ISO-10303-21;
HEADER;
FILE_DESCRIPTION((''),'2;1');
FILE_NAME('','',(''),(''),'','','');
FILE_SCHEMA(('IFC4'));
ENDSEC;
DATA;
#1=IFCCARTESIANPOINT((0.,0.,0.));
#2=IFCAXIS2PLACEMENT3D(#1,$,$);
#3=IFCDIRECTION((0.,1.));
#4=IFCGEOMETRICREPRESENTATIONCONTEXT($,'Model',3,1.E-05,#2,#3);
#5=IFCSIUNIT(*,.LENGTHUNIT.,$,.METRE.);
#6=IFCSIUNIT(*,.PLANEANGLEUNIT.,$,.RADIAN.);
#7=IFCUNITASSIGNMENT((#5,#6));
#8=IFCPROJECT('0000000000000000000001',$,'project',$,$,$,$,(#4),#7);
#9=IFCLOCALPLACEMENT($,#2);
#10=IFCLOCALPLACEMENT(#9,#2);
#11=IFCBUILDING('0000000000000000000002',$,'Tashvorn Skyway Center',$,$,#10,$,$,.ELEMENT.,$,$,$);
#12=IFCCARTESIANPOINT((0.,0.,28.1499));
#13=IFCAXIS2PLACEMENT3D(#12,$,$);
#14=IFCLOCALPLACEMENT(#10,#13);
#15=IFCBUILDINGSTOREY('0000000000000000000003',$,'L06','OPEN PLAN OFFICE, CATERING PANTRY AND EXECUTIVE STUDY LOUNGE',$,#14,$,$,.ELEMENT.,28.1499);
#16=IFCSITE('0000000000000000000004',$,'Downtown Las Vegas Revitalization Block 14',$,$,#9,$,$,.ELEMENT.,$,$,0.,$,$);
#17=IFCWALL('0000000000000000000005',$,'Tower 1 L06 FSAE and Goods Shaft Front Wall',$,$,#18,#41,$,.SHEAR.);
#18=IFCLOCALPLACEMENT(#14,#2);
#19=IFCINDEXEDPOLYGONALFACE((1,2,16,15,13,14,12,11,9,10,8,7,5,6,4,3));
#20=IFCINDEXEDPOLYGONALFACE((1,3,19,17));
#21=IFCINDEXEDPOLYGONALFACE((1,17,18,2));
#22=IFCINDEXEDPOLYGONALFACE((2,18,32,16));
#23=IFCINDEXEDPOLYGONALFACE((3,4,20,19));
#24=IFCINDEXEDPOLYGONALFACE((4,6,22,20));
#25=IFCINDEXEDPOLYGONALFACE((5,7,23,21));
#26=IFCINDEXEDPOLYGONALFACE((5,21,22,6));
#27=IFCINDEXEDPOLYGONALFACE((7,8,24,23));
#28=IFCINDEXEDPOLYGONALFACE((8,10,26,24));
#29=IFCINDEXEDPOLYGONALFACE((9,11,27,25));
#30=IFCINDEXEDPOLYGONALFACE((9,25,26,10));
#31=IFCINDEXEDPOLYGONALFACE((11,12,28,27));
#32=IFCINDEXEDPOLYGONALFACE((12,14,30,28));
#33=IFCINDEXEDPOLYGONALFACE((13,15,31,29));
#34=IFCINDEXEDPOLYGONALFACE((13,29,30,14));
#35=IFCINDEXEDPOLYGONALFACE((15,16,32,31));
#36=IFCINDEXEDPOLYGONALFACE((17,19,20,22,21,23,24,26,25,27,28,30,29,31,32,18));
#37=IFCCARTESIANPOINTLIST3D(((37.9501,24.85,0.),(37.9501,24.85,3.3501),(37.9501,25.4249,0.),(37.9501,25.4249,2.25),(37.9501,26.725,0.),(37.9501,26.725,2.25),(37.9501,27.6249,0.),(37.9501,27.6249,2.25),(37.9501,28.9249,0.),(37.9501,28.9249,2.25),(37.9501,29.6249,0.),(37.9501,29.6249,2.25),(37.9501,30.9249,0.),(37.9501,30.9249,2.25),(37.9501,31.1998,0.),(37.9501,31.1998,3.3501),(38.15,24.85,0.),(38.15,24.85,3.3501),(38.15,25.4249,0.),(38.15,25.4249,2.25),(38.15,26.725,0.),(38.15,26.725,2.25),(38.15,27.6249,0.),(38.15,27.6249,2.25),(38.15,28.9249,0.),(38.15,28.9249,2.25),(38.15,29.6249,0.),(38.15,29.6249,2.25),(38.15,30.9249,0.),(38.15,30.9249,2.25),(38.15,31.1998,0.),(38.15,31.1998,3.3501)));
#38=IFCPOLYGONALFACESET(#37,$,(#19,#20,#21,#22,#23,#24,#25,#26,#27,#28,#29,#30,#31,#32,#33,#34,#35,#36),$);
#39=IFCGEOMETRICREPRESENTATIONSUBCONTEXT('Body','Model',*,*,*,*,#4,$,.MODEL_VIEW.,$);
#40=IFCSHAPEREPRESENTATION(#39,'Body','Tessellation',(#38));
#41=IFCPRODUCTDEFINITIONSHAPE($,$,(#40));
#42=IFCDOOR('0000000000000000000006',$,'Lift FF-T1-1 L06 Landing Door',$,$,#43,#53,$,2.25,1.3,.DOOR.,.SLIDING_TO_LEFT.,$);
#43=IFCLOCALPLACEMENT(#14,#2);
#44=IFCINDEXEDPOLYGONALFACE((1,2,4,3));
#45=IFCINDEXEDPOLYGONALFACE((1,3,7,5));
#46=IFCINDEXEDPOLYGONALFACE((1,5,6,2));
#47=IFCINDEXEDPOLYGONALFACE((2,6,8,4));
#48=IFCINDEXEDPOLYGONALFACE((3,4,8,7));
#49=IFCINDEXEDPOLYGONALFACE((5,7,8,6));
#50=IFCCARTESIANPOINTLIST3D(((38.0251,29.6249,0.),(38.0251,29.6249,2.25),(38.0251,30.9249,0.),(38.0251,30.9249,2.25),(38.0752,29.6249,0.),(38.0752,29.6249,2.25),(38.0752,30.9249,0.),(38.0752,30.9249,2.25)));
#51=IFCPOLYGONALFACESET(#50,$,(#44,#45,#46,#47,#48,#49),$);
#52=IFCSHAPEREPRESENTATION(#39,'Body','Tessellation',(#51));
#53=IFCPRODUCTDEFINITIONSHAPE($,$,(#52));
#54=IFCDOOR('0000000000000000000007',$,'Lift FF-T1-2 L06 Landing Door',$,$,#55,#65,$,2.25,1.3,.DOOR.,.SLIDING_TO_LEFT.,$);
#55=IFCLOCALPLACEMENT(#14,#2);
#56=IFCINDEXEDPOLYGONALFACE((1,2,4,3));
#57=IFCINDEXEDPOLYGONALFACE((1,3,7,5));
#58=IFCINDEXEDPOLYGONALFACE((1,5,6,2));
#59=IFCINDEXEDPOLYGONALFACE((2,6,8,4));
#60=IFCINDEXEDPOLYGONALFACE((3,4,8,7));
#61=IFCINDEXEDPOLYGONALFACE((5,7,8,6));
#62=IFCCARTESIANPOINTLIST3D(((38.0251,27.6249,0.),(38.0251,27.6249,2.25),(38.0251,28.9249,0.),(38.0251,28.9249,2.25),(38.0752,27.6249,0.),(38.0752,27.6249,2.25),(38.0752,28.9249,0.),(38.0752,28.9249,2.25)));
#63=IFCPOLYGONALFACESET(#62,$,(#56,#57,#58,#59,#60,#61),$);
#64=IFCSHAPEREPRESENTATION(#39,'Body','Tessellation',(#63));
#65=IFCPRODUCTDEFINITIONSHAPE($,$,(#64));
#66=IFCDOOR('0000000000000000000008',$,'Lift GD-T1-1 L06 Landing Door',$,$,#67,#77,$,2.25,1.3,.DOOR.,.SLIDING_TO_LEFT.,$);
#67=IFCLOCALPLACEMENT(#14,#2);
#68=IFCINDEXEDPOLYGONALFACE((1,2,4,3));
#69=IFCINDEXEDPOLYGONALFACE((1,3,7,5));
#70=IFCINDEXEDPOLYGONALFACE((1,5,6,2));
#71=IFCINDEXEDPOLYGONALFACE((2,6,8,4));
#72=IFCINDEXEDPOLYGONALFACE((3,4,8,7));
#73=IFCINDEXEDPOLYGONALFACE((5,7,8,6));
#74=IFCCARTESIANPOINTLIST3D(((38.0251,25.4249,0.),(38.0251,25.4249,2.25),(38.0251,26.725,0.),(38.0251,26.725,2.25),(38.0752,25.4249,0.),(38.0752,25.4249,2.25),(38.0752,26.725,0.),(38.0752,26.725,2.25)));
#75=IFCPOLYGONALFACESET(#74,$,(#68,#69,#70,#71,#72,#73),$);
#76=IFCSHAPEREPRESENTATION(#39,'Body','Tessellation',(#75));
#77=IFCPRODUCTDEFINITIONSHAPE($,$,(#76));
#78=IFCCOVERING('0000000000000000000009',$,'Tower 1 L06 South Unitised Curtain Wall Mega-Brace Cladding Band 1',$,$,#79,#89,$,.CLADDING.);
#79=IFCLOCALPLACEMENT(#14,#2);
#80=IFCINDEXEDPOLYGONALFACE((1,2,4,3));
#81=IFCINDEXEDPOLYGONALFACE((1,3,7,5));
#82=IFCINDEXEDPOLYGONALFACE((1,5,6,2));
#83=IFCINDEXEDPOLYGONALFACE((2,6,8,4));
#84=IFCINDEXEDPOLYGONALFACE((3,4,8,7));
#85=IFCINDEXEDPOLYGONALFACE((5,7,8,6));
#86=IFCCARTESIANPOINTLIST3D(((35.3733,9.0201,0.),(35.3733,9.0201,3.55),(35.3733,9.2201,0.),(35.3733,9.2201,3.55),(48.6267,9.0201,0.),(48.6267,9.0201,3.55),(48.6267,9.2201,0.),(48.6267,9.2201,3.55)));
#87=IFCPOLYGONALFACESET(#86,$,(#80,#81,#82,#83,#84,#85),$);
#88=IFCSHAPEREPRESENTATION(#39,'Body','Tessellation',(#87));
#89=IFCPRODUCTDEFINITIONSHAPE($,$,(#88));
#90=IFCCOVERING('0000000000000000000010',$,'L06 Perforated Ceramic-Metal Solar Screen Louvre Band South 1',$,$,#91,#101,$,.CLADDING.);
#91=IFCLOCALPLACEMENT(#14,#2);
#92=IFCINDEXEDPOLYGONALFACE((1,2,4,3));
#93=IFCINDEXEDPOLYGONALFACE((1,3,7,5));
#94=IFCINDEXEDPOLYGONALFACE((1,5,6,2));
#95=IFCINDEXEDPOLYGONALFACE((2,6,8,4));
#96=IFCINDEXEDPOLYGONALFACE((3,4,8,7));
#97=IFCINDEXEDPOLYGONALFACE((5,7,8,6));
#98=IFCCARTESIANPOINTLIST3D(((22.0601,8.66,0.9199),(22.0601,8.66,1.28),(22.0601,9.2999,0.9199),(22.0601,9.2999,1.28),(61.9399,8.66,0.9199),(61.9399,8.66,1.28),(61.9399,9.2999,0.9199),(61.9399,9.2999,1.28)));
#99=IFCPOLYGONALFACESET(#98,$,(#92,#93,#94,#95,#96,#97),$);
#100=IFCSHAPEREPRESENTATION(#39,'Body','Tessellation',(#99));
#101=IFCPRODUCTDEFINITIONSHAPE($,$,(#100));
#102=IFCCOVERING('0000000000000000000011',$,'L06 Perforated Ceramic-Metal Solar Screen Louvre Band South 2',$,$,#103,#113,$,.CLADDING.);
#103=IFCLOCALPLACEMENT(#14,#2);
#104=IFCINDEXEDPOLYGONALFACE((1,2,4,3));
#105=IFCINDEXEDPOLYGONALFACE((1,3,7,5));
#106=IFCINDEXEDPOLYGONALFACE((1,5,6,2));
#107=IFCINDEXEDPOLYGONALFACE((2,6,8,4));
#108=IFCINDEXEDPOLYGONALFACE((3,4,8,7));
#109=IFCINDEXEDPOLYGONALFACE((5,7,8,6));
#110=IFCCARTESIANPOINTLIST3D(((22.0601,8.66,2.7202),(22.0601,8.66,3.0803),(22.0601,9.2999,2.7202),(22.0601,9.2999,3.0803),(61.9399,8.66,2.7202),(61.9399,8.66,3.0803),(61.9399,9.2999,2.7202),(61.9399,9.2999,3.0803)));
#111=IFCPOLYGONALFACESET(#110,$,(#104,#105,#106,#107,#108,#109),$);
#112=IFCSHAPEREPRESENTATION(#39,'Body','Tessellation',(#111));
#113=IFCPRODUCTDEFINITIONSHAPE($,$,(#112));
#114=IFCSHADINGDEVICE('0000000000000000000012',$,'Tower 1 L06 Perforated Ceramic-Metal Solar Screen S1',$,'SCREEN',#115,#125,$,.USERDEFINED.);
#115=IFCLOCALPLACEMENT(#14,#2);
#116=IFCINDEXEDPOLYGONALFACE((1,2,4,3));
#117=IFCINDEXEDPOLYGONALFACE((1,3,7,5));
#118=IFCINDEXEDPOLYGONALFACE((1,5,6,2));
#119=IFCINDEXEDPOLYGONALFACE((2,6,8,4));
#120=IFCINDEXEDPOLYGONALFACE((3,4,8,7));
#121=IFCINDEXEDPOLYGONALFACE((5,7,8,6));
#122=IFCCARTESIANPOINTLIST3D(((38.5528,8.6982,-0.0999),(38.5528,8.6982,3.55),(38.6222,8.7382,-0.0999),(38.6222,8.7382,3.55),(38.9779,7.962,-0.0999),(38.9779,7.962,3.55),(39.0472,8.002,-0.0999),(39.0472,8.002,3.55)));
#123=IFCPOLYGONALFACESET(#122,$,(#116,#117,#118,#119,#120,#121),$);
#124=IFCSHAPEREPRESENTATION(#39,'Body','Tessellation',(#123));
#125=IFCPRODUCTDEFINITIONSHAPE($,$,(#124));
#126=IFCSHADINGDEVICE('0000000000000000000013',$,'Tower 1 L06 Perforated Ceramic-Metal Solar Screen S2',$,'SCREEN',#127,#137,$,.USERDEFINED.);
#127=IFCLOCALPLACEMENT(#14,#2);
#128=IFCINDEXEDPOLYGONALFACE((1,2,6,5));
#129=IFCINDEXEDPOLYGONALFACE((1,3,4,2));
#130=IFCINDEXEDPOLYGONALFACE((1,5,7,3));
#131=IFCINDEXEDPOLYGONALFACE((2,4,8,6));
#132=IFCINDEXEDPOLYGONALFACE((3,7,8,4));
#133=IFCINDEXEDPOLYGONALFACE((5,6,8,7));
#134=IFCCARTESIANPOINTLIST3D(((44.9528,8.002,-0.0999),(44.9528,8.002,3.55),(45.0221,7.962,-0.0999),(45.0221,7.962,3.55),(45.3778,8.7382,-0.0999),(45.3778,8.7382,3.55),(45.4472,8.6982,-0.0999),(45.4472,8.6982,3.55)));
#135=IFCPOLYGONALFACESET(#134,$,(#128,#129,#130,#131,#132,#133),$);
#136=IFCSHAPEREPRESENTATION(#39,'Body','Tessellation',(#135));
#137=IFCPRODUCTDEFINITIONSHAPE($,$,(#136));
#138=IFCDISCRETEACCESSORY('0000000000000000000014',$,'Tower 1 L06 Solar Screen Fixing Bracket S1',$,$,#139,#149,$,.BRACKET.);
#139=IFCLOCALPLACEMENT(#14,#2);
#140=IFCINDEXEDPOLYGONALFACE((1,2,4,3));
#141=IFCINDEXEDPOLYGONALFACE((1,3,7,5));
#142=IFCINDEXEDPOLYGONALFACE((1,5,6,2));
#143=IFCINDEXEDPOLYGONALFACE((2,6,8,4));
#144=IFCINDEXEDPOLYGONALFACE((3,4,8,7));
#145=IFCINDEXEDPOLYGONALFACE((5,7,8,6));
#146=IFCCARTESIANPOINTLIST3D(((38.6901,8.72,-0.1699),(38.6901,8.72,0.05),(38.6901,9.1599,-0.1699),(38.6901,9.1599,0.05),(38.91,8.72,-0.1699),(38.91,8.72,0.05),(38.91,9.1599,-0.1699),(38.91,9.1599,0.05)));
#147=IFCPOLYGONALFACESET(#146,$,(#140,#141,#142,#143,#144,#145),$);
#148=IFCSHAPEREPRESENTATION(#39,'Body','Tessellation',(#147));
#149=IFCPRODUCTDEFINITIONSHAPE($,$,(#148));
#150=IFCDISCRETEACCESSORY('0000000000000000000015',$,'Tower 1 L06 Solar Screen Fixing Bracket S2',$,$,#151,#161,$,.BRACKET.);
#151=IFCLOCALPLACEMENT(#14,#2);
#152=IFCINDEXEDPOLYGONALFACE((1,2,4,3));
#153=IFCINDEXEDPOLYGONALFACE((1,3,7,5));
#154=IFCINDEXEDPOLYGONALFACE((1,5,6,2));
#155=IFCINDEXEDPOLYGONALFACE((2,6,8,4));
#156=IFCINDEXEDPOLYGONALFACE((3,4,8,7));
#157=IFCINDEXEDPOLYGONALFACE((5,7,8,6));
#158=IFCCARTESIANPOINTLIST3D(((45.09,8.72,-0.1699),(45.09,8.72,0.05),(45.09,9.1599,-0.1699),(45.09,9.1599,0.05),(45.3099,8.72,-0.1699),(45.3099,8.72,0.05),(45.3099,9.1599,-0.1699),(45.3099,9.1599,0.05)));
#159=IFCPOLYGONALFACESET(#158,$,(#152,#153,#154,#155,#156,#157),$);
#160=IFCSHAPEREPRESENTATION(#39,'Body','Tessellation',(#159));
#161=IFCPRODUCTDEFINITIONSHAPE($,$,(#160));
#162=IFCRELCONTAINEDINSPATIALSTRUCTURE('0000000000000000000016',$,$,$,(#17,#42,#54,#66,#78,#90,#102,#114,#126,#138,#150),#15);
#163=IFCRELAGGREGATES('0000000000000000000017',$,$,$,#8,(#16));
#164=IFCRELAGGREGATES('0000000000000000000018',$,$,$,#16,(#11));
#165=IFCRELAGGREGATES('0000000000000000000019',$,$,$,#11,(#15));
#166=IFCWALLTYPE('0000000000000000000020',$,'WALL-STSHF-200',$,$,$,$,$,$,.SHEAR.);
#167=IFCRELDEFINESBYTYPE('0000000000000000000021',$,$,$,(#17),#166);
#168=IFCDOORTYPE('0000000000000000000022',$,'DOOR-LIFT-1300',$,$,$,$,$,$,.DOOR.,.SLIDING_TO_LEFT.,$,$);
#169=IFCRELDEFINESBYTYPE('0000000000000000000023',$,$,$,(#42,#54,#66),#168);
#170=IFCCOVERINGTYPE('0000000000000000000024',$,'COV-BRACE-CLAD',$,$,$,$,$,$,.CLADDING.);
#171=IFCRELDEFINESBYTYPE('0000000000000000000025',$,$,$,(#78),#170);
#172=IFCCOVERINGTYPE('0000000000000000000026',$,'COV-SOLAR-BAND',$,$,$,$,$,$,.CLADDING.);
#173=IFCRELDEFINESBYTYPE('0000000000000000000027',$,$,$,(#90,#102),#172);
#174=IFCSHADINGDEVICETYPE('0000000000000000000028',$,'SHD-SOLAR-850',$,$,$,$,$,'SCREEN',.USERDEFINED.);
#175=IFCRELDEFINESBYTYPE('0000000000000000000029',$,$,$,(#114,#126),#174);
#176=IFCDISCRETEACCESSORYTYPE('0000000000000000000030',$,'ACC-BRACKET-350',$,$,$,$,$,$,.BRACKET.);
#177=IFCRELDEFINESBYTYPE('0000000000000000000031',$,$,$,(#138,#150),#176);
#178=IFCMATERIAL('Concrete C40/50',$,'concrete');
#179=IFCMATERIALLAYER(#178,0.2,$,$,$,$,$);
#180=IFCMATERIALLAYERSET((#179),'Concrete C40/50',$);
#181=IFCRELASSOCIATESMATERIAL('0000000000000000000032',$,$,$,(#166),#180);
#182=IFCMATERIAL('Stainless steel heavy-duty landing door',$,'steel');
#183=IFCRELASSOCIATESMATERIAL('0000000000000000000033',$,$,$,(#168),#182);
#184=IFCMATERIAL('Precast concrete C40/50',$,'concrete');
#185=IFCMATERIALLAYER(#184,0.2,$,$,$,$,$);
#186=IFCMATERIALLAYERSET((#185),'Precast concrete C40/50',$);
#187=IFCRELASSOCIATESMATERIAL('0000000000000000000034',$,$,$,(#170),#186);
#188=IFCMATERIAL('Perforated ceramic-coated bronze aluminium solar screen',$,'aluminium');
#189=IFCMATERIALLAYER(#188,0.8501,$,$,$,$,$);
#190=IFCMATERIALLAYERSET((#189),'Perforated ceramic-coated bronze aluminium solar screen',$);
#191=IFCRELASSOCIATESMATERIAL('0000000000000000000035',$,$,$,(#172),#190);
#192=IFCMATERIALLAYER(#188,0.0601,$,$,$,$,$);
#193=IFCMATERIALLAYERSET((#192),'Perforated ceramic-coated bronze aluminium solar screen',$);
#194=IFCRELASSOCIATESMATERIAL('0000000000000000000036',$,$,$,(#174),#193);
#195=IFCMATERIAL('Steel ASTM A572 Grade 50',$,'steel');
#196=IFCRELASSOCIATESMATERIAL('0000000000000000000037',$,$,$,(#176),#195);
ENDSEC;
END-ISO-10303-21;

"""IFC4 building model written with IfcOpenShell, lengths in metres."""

from ifc_helpers import new_model, si_unit, direction, frame, frame_2d, origin, origin_2d, place, context, subcontext, project, spatial, rectangle, extrude, material, layer, layer_set, type_object, element, fill, save


model = new_model("IFC4")

# Units and contexts
model_context = context("Model", 3, precision=1e-05, world=origin(), true_north=direction((0.0, 1.0)))
body_context = subcontext(model_context, "Body", "Model", "MODEL_VIEW")
ifc_project = project(units=[si_unit("LENGTHUNIT", "METRE"), si_unit("PLANEANGLEUNIT", "RADIAN")], contexts=[model_context])

# Site, building, storey
site_placement = place(None, origin())
site = spatial("IfcSite", under=ifc_project, at=site_placement, Name="Downtown Las Vegas Revitalization Block 14", CompositionType="ELEMENT", RefElevation=0.0)
building_placement = place(site_placement, origin())
building = spatial("IfcBuilding", under=site, at=building_placement, Name="Tashvorn Skyway Center", CompositionType="ELEMENT")
storey_placement = place(building_placement, frame((0.0, 0.0, 28.1499)))
storey = spatial("IfcBuildingStorey", under=building, at=storey_placement, Name="L06", Description="OPEN PLAN OFFICE, CATERING PANTRY AND EXECUTIVE STUDY LOUNGE", CompositionType="ELEMENT", Elevation=28.1499)

# Shared definitions
ifc_material_1 = material(Name="Steel ASTM A572 Grade 50", Category="steel")

# Wall, openings, doors
ifc_material_2 = material(Name="Concrete C40/50", Category="concrete")
ifc_layer_1 = layer(ifc_material_2, 0.2)
ifc_layer_set_1 = layer_set([ifc_layer_1], Name="Concrete C40/50")
wall_type_1 = type_object("IfcWallType", Name="WALL-STSHF-200", PredefinedType="SHEAR", material=ifc_layer_set_1)
wall_placement = place(storey_placement, frame((38.05, 24.8501, 0.0), z_axis=(0.0, 0.0, 1.0), x_axis=(0.0, 1.0, 0.0)))
wall = element("IfcWall", 1, at=wall_placement, inside=storey, type_object=wall_type_1, Name="Tower 1 L06 FSAE and Goods Shaft Front Wall", PredefinedType="SHEAR", context=body_context, shape_type="SweptSolid", body=[
    extrude(rectangle(XDim=6.3499, YDim=0.2, at=frame_2d((3.1748, 0.0))), origin(), (0.0, 0.0, 1.0), 3.3501),
])
opening_1_placement = place(wall_placement, frame((4.7749, 0.0, 0.0)))
opening_1 = element("IfcOpeningElement", 2, at=opening_1_placement, cuts=wall, PredefinedType="OPENING", context=body_context, shape_type="SweptSolid", body=[
    extrude(rectangle(XDim=1.3, YDim=2.25, at=frame_2d((0.6499, 1.125))), frame((0.0, 0.1099, 0.0), z_axis=(0.0, -1.0, 0.0), x_axis=(1.0, 0.0, 0.0)), (0.0, 0.0, 1.0), 0.22),
])
opening_2_placement = place(wall_placement, frame((2.7749, 0.0, 0.0)))
opening_2 = element("IfcOpeningElement", 3, at=opening_2_placement, cuts=wall, PredefinedType="OPENING", context=body_context, shape_type="SweptSolid", body=[
    extrude(rectangle(XDim=1.3, YDim=2.25, at=frame_2d((0.6499, 1.125))), frame((0.0, 0.1099, 0.0), z_axis=(0.0, -1.0, 0.0), x_axis=(1.0, 0.0, 0.0)), (0.0, 0.0, 1.0), 0.22),
])
opening_3_placement = place(wall_placement, frame((0.575, 0.0, 0.0)))
opening_3 = element("IfcOpeningElement", 4, at=opening_3_placement, cuts=wall, PredefinedType="OPENING", context=body_context, shape_type="SweptSolid", body=[
    extrude(rectangle(XDim=1.3, YDim=2.25, at=frame_2d((0.6499, 1.125))), frame((0.0, 0.1099, 0.0), z_axis=(0.0, -1.0, 0.0), x_axis=(1.0, 0.0, 0.0)), (0.0, 0.0, 1.0), 0.22),
])
ifc_material_3 = material(Name="Stainless steel heavy-duty landing door", Category="steel")
door_type = type_object("IfcDoorType", Name="DOOR-LIFT-1300", OperationType="SLIDING_TO_LEFT", PredefinedType="DOOR", material=ifc_material_3)
door_1_placement = place(opening_1_placement, origin())
door_1 = element("IfcDoor", 5, at=door_1_placement, inside=storey, type_object=door_type, Name="Lift FF-T1-1 L06 Landing Door", OperationType="SLIDING_TO_LEFT", OverallHeight=2.25, OverallWidth=1.3, PredefinedType="DOOR", context=body_context, shape_type="SweptSolid", body=[
    extrude(rectangle(XDim=1.3, YDim=2.25, at=frame_2d((0.6499, 1.125))), frame((0.0, 0.0249, 0.0), z_axis=(0.0, -1.0, 0.0), x_axis=(1.0, 0.0, 0.0)), (0.0, 0.0, 1.0), 0.05),
])
fill(opening_1, door_1)
door_2_placement = place(opening_2_placement, origin())
door_2 = element("IfcDoor", 6, at=door_2_placement, inside=storey, type_object=door_type, Name="Lift FF-T1-2 L06 Landing Door", OperationType="SLIDING_TO_LEFT", OverallHeight=2.25, OverallWidth=1.3, PredefinedType="DOOR", context=body_context, shape_type="SweptSolid", body=[
    extrude(rectangle(XDim=1.3, YDim=2.25, at=frame_2d((0.6499, 1.125))), frame((0.0, 0.0249, 0.0), z_axis=(0.0, -1.0, 0.0), x_axis=(1.0, 0.0, 0.0)), (0.0, 0.0, 1.0), 0.05),
])
fill(opening_2, door_2)
door_3_placement = place(opening_3_placement, origin())
door_3 = element("IfcDoor", 7, at=door_3_placement, inside=storey, type_object=door_type, Name="Lift GD-T1-1 L06 Landing Door", OperationType="SLIDING_TO_LEFT", OverallHeight=2.25, OverallWidth=1.3, PredefinedType="DOOR", context=body_context, shape_type="SweptSolid", body=[
    extrude(rectangle(XDim=1.3, YDim=2.25, at=frame_2d((0.6499, 1.125))), frame((0.0, 0.0249, 0.0), z_axis=(0.0, -1.0, 0.0), x_axis=(1.0, 0.0, 0.0)), (0.0, 0.0, 1.0), 0.05),
])
fill(opening_3, door_3)

# Coverings
ifc_material_4 = material(Name="Precast concrete C40/50", Category="concrete")
ifc_layer_2 = layer(ifc_material_4, 0.2)
ifc_layer_set_2 = layer_set([ifc_layer_2], Name="Precast concrete C40/50")
covering_type_1 = type_object("IfcCoveringType", Name="COV-BRACE-CLAD", PredefinedType="CLADDING", material=ifc_layer_set_2)
covering_placement = place(storey_placement, frame((42.0, 9.1201, 0.0), z_axis=(0.0, 0.0, 1.0), x_axis=(-1.0, 0.0, 0.0)))
element("IfcCovering", 8, at=covering_placement, inside=storey, type_object=covering_type_1, Name="Tower 1 L06 South Unitised Curtain Wall Mega-Brace Cladding Band 1", PredefinedType="CLADDING", context=body_context, shape_type="SweptSolid", body=[
    extrude(rectangle(XDim=13.2534, YDim=0.2, at=origin_2d()), origin(), (0.0, 0.0, 1.0), 3.55),
])
ifc_material_5 = material(Name="Perforated ceramic-coated bronze aluminium solar screen", Category="aluminium")
ifc_layer_3 = layer(ifc_material_5, 0.8501)
ifc_layer_set_3 = layer_set([ifc_layer_3], Name="Perforated ceramic-coated bronze aluminium solar screen")
covering_type_2 = type_object("IfcCoveringType", Name="COV-SOLAR-BAND", PredefinedType="CLADDING", material=ifc_layer_set_3)
for number, where, z_axis, x_axis, name in (
    (9, (42.0, 8.98, 0.9199), (0.0, 0.0, 1.0), (-1.0, 0.0, 0.0), "L06 Perforated Ceramic-Metal Solar Screen Louvre Band South 1"),
    (10, (42.0, 8.98, 2.7202), (0.0, 0.0, 1.0), (-1.0, 0.0, 0.0), "L06 Perforated Ceramic-Metal Solar Screen Louvre Band South 2"),
):
    element("IfcCovering", number, at=place(storey_placement, frame(where, z_axis=z_axis, x_axis=x_axis)), inside=storey, type_object=covering_type_2, Name=name, PredefinedType="CLADDING", context=body_context, shape_type="SweptSolid", body=[
        extrude(rectangle(XDim=39.8799, YDim=0.6399, at=origin_2d()), origin(), (0.0, 0.0, 1.0), 0.3601),
    ])

# Shading devices
ifc_layer_4 = layer(ifc_material_5, 0.0601)
ifc_layer_set_4 = layer_set([ifc_layer_4], Name="Perforated ceramic-coated bronze aluminium solar screen")
shading_device_type = type_object("IfcShadingDeviceType", Name="SHD-SOLAR-850", ElementType="SCREEN", PredefinedType="USERDEFINED", material=ifc_layer_set_4)
for number, where, z_axis, x_axis, name in (
    (11, (38.8, 8.3501, -0.0999), (0.0, 0.0, 1.0), (-0.866025, -0.5, 0.0), "Tower 1 L06 Perforated Ceramic-Metal Solar Screen S1"),
    (12, (45.2, 8.3501, -0.0999), (0.0, 0.0, 1.0), (-0.866025, 0.5, 0.0), "Tower 1 L06 Perforated Ceramic-Metal Solar Screen S2"),
):
    element("IfcShadingDevice", number, at=place(storey_placement, frame(where, z_axis=z_axis, x_axis=x_axis)), inside=storey, type_object=shading_device_type, Name=name, ObjectType="SCREEN", PredefinedType="USERDEFINED", context=body_context, shape_type="SweptSolid", body=[
        extrude(rectangle(XDim=0.0801, YDim=0.8501, at=origin_2d()), origin(), (0.0, 0.0, 1.0), 3.6499),
    ])

# Discrete accessories
discrete_accessory_type = type_object("IfcDiscreteAccessoryType", Name="ACC-BRACKET-350", PredefinedType="BRACKET", material=ifc_material_1)
for number, where, z_axis, x_axis, name in (
    (13, (38.8, 8.9399, -0.1699), (0.0, 0.0, 1.0), (-1.0, 0.0, 0.0), "Tower 1 L06 Solar Screen Fixing Bracket S1"),
    (14, (45.2, 8.9399, -0.1699), (0.0, 0.0, 1.0), (-1.0, 0.0, 0.0), "Tower 1 L06 Solar Screen Fixing Bracket S2"),
):
    element("IfcDiscreteAccessory", number, at=place(storey_placement, frame(where, z_axis=z_axis, x_axis=x_axis)), inside=storey, type_object=discrete_accessory_type, Name=name, PredefinedType="BRACKET", context=body_context, shape_type="SweptSolid", body=[
        extrude(rectangle(XDim=0.22, YDim=0.4399, at=origin_2d()), origin(), (0.0, 0.0, 1.0), 0.22),
    ])

save(model, "model.ifc")
